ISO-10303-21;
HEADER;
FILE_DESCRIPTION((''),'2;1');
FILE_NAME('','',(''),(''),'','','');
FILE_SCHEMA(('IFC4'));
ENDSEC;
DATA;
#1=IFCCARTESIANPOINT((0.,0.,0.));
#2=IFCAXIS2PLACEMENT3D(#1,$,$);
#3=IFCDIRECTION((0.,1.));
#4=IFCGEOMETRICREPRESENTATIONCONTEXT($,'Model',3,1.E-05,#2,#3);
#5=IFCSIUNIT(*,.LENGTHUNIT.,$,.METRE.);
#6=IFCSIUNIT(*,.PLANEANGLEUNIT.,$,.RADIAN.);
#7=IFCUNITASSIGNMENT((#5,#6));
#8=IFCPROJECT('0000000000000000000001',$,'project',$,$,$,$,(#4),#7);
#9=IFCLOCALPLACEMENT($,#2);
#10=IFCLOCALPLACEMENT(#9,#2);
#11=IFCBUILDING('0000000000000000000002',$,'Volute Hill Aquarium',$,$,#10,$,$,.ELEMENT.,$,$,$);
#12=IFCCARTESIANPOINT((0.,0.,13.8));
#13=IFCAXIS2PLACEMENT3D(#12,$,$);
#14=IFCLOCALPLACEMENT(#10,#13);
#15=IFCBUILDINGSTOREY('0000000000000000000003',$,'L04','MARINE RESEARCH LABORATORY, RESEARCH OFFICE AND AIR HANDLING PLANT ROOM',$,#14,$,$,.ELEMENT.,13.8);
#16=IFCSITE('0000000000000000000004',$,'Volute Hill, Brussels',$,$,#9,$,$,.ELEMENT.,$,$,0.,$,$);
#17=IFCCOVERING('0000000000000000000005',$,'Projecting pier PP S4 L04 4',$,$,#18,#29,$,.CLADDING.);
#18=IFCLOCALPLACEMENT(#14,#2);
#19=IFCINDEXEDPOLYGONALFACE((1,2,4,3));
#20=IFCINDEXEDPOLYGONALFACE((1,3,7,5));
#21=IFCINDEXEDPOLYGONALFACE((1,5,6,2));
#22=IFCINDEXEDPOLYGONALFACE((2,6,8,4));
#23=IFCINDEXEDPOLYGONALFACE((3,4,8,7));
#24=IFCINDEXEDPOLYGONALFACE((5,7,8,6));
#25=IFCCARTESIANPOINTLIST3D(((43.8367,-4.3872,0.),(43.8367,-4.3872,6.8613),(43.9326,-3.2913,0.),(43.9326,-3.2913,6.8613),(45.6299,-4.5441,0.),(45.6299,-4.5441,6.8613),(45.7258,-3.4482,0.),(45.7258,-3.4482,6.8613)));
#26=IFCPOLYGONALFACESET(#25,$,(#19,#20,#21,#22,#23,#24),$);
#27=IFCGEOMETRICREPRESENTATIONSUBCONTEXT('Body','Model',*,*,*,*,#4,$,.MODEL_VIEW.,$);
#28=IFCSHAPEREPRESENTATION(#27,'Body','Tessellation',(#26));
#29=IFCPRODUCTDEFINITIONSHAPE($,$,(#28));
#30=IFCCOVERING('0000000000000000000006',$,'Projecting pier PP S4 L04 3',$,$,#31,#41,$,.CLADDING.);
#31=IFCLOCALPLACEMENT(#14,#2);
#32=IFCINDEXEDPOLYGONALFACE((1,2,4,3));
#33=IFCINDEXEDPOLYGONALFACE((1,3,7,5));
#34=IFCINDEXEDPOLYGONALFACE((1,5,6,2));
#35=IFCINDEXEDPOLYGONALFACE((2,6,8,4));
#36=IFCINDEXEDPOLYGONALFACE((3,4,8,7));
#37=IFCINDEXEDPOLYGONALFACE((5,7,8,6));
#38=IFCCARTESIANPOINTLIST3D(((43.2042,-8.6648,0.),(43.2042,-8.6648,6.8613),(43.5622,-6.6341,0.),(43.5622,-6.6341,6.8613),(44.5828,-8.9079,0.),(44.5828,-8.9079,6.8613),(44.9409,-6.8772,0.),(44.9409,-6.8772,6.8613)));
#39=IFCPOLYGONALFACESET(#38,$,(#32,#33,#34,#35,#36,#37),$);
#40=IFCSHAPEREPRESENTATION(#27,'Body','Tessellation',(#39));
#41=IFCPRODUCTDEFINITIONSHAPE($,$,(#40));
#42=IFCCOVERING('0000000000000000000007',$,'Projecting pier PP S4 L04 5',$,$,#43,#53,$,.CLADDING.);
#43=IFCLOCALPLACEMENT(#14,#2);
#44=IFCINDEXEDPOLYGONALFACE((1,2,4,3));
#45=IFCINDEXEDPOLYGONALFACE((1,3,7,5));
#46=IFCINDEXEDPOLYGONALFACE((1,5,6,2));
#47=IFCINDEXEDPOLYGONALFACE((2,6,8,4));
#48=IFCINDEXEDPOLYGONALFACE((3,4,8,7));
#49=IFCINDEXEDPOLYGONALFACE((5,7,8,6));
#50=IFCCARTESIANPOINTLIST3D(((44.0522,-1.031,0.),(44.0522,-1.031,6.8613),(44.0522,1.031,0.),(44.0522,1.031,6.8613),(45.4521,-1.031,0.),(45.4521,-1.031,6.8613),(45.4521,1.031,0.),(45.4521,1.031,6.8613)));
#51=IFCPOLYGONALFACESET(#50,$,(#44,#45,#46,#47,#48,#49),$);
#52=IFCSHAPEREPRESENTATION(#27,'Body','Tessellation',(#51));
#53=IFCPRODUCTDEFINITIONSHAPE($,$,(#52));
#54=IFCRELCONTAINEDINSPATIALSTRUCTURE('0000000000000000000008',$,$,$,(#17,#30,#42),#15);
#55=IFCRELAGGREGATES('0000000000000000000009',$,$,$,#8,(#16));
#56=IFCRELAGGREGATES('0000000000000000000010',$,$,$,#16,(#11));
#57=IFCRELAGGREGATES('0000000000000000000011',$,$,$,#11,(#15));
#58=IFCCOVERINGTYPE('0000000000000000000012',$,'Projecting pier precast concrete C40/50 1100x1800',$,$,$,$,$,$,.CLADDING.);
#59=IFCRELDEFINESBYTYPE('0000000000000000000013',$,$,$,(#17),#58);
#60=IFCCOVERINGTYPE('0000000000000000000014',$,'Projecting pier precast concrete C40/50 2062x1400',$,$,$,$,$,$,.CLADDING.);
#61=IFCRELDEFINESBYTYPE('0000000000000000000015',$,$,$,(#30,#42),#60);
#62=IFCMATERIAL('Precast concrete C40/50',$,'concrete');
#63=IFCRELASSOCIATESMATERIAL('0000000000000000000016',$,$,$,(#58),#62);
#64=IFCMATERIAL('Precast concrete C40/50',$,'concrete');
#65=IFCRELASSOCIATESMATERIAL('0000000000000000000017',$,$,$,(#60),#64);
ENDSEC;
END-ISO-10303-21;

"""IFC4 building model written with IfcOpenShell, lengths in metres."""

from ifc_helpers import new_model, si_unit, direction, frame, origin, origin_2d, place, context, subcontext, project, spatial, rectangle, extrude, material, type_object, element, save


model = new_model("IFC4")

# Units and contexts
model_context = context("Model", 3, precision=1e-05, world=origin(), true_north=direction((0.0, 1.0)))
body_context = subcontext(model_context, "Body", "Model", "MODEL_VIEW")
ifc_project = project(units=[si_unit("LENGTHUNIT", "METRE"), si_unit("PLANEANGLEUNIT", "RADIAN")], contexts=[model_context])

# Site, building, storey
site_placement = place(None, origin())
site = spatial("IfcSite", under=ifc_project, at=site_placement, Name="Volute Hill, Brussels", CompositionType="ELEMENT", RefElevation=0.0)
building_placement = place(site_placement, origin())
building = spatial("IfcBuilding", under=site, at=building_placement, Name="Volute Hill Aquarium", CompositionType="ELEMENT")
storey_placement = place(building_placement, frame((0.0, 0.0, 13.8)))
storey = spatial("IfcBuildingStorey", under=building, at=storey_placement, Name="L04", Description="MARINE RESEARCH LABORATORY, RESEARCH OFFICE AND AIR HANDLING PLANT ROOM", CompositionType="ELEMENT", Elevation=13.8)

# Coverings
ifc_material_1 = material(Name="Precast concrete C40/50", Category="concrete")
covering_type_1 = type_object("IfcCoveringType", Name="Projecting pier precast concrete C40/50 1100x1800", PredefinedType="CLADDING", material=ifc_material_1)
covering_placement = place(storey_placement, frame((44.7812, -3.9177, 0.0), z_axis=(0.0, 0.0, 1.0), x_axis=(0.087156, 0.996195, 0.0)))
element("IfcCovering", 1, at=covering_placement, inside=storey, type_object=covering_type_1, Name="Projecting pier PP S4 L04 4", PredefinedType="CLADDING", context=body_context, shape_type="SweptSolid", body=[
    extrude(rectangle(XDim=1.1001, YDim=1.8, at=origin_2d()), origin(), (0.0, 0.0, 1.0), 6.8613),
])
ifc_material_2 = material(Name="Precast concrete C40/50", Category="concrete")
covering_type_2 = type_object("IfcCoveringType", Name="Projecting pier precast concrete C40/50 2062x1400", PredefinedType="CLADDING", material=ifc_material_2)
for number, where, z_axis, x_axis, name in (
    (2, (44.0725, -7.771, 0.0), (0.0, 0.0, 1.0), (0.173648, 0.984808, 0.0), "Projecting pier PP S4 L04 3"),
    (3, (44.7522, 0.0, 0.0), (0.0, 0.0, 1.0), (0.0, 1.0, 0.0), "Projecting pier PP S4 L04 5"),
):
    element("IfcCovering", number, at=place(storey_placement, frame(where, z_axis=z_axis, x_axis=x_axis)), inside=storey, type_object=covering_type_2, Name=name, PredefinedType="CLADDING", context=body_context, shape_type="SweptSolid", body=[
        extrude(rectangle(XDim=2.062, YDim=1.3999, at=origin_2d()), origin(), (0.0, 0.0, 1.0), 6.8613),
    ])

save(model, "model.ifc")
